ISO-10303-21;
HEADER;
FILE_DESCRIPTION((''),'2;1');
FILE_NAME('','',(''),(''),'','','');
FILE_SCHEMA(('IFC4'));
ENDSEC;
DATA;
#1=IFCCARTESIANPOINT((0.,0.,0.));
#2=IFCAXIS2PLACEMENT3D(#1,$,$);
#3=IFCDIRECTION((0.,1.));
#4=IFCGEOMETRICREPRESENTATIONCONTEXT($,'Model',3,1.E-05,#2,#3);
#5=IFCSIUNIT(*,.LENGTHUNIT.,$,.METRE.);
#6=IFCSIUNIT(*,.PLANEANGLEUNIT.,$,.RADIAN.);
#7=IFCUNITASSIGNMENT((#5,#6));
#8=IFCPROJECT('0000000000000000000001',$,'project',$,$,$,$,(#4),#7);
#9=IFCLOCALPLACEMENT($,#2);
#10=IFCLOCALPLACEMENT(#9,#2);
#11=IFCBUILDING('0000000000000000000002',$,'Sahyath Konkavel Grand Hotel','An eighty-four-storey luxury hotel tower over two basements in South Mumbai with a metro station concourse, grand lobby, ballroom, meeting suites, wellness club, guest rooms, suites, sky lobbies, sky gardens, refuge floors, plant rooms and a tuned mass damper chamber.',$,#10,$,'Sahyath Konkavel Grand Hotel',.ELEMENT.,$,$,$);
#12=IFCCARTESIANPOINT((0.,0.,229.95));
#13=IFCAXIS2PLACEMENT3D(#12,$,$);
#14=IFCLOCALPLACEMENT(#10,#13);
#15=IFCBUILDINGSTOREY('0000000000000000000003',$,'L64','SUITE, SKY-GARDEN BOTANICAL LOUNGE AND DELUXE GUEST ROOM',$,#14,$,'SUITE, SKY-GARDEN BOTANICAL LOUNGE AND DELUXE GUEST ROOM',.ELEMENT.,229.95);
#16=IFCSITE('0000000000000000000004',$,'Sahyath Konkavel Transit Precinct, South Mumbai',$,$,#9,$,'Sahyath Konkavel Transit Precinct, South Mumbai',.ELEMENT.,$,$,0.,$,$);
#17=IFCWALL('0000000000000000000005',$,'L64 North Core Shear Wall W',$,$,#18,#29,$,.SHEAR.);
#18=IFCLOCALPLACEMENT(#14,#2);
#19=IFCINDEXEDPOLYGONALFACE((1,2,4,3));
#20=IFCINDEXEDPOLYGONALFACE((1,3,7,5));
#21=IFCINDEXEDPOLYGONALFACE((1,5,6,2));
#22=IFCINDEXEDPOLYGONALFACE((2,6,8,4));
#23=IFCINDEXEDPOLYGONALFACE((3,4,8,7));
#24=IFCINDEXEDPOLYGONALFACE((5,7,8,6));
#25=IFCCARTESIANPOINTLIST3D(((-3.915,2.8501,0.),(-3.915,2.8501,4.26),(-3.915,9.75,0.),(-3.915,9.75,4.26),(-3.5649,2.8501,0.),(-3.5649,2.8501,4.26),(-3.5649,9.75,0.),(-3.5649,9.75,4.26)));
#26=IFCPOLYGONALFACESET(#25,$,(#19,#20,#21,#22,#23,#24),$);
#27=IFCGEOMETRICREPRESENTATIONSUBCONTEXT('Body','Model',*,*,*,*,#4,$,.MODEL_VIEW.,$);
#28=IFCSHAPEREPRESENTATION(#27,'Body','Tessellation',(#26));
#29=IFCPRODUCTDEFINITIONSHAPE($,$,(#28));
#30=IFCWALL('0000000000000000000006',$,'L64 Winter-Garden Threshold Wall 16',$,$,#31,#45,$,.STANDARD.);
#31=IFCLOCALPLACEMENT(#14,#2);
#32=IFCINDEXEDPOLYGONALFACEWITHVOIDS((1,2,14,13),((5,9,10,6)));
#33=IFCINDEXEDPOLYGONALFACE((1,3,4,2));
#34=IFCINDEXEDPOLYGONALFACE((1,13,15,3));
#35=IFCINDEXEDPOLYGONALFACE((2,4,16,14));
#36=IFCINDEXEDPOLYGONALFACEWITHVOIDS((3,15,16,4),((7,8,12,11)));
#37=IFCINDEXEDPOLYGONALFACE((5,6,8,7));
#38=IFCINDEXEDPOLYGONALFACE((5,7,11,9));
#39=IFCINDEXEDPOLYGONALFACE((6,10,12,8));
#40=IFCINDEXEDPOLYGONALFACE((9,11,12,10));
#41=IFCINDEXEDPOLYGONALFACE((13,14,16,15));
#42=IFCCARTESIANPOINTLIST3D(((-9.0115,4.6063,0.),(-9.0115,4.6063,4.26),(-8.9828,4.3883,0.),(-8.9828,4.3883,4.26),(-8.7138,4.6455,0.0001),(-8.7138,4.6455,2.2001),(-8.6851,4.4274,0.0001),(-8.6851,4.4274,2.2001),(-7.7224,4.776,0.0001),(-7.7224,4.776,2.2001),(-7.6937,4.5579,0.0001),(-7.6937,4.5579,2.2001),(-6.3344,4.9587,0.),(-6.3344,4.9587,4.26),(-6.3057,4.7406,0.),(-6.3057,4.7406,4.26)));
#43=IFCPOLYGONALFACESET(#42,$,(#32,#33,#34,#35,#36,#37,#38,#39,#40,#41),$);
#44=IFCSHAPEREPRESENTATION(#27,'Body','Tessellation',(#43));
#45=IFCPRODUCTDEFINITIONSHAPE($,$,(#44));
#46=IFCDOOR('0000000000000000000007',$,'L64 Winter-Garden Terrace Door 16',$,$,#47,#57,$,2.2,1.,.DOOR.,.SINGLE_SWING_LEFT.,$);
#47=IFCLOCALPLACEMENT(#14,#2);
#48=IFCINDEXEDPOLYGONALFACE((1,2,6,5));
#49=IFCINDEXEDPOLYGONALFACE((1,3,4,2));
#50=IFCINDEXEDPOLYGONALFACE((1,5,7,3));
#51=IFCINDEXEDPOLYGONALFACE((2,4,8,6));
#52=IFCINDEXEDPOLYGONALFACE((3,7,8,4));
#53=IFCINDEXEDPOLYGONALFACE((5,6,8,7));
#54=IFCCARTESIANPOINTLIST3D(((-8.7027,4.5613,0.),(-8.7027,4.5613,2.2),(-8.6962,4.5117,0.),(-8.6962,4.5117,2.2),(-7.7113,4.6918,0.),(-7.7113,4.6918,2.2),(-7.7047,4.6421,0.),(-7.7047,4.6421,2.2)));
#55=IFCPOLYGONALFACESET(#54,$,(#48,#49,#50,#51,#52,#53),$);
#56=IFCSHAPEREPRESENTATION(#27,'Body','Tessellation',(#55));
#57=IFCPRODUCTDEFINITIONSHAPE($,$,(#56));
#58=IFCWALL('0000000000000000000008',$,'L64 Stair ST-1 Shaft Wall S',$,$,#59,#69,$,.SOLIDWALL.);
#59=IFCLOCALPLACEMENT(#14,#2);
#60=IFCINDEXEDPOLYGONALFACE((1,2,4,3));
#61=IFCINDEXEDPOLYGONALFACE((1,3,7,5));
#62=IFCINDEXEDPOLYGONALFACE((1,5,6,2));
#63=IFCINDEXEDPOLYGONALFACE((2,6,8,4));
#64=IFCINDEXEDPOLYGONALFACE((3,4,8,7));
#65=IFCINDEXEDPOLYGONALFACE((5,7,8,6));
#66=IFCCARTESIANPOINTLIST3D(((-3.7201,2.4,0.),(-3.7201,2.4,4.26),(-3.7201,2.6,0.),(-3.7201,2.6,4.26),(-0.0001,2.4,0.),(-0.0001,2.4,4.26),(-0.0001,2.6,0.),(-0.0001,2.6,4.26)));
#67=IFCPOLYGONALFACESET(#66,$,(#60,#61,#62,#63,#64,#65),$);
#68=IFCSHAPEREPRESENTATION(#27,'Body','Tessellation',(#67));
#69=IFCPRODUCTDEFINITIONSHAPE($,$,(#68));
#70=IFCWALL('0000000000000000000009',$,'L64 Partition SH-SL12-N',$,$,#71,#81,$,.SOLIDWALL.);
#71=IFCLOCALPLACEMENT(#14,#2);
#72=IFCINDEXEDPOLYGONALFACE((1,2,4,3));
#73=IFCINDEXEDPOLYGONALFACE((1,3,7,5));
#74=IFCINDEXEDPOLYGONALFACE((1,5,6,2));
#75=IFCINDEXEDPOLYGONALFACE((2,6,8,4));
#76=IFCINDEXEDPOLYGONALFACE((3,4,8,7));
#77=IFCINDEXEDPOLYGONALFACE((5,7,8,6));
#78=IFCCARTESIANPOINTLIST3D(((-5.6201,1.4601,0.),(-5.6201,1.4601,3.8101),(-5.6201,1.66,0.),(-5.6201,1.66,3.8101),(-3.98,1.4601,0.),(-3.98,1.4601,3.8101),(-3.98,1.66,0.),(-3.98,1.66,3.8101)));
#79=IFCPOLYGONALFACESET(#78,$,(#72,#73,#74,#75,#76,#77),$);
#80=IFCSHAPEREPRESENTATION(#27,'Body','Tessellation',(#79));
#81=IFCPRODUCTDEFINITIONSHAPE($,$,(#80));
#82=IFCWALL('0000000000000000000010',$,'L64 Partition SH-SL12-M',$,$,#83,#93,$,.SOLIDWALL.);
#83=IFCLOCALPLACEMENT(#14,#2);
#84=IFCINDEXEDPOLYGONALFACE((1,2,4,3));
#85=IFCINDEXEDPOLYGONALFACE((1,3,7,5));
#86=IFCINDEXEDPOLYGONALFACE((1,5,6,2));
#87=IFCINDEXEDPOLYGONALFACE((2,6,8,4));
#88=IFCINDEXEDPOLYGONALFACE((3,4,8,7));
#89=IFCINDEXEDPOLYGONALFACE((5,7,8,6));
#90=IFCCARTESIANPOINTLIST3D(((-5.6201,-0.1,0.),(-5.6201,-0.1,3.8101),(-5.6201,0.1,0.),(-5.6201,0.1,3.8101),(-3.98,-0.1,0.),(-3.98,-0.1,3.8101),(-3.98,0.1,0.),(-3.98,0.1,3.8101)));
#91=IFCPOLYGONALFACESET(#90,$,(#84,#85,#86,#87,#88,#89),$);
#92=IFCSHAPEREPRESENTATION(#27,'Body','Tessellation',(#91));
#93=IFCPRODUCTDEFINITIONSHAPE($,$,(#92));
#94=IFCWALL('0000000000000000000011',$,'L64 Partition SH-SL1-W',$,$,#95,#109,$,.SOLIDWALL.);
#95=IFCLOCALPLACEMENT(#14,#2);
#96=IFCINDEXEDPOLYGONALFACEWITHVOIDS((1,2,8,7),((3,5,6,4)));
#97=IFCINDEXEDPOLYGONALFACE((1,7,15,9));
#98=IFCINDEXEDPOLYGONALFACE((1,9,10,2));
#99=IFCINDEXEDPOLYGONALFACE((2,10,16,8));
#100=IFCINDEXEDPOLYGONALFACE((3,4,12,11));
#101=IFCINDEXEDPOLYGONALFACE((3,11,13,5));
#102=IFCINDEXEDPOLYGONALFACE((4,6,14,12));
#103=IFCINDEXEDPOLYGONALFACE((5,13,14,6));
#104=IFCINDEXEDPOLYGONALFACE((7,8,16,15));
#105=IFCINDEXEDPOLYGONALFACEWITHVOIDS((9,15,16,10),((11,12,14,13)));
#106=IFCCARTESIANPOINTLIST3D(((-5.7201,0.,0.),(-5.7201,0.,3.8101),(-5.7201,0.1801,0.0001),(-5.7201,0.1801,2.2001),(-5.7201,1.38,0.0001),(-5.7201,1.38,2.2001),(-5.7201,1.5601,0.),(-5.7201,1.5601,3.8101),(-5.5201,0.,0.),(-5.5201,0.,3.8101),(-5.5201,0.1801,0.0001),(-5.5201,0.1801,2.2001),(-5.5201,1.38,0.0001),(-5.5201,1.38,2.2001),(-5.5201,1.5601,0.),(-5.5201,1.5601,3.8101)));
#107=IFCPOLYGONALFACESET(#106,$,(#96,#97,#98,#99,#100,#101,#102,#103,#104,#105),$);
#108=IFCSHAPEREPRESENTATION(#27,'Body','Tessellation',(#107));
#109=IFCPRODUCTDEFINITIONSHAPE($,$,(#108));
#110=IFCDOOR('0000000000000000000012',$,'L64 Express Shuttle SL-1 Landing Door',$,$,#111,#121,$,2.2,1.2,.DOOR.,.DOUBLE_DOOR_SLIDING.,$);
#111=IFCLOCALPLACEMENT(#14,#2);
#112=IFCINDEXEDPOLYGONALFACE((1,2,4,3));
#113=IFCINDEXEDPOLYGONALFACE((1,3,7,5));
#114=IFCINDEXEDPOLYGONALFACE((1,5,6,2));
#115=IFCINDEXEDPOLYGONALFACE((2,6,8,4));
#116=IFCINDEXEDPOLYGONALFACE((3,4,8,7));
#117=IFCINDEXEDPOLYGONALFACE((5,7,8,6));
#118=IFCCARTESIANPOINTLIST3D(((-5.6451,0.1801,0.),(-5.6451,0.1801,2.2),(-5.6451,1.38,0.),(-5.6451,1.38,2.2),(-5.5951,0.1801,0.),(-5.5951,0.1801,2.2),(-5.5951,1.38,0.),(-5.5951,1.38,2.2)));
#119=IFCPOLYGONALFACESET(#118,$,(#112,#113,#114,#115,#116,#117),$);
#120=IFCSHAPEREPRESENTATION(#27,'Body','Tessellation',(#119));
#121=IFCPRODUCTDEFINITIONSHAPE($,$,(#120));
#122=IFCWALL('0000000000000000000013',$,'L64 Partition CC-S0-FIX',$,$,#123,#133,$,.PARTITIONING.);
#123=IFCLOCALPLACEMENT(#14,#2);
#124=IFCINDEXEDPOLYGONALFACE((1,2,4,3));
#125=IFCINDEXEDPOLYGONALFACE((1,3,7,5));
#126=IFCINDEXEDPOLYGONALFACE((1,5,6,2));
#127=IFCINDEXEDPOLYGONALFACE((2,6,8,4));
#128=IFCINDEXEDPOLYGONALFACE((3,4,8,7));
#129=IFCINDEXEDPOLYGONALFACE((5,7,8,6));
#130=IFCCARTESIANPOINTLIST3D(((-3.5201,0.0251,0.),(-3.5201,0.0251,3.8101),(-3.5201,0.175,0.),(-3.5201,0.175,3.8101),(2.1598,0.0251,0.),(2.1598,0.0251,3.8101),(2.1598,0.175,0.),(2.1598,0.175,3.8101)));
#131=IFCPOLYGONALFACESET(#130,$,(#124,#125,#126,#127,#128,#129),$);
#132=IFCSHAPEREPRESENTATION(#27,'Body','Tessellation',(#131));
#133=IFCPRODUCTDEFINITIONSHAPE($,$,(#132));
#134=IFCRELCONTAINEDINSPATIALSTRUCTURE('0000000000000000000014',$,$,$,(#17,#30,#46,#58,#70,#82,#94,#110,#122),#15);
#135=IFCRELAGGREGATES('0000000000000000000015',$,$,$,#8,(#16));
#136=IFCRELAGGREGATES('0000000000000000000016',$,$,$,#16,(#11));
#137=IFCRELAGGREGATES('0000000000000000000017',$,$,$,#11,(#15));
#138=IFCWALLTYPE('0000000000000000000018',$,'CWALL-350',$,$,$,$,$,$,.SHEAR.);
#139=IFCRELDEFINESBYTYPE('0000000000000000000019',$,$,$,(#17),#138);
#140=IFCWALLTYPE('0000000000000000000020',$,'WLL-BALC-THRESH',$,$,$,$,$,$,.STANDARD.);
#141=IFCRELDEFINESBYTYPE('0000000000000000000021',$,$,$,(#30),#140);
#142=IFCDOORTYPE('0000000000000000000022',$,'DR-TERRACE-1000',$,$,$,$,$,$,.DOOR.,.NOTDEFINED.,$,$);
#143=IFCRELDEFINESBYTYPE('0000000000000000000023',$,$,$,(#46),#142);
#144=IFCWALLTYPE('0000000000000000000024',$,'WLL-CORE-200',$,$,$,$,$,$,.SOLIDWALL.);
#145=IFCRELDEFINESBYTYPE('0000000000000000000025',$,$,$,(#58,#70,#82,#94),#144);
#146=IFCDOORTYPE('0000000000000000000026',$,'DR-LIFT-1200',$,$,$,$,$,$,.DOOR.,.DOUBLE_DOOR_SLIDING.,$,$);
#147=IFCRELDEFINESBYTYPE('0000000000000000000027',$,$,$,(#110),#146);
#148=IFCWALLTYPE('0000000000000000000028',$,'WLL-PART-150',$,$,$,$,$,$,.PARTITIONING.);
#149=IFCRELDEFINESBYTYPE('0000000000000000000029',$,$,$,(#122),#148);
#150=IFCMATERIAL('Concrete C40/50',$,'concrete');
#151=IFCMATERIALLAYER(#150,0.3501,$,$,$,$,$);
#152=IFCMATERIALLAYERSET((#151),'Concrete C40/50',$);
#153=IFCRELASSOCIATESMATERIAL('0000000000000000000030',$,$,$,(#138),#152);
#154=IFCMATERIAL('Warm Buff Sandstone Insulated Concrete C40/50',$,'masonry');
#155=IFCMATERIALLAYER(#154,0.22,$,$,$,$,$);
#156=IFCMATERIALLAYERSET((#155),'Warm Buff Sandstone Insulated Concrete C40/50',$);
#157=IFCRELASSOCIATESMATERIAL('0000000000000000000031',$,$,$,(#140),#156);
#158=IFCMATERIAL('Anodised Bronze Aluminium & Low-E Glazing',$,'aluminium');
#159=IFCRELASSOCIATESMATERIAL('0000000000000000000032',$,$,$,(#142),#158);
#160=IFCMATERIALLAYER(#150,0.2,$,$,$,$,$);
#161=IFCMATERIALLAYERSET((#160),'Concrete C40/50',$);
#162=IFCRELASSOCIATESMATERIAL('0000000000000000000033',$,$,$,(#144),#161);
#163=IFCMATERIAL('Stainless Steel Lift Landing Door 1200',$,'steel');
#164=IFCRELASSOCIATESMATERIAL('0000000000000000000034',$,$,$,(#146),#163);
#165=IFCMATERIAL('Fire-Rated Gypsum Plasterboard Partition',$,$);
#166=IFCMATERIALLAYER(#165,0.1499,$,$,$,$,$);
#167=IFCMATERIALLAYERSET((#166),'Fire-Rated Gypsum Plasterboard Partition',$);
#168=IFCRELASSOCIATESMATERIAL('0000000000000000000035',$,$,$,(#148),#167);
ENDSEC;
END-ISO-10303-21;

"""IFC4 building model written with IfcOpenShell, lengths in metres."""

from ifc_helpers import new_model, si_unit, direction, frame, frame_2d, origin, origin_2d, place, context, subcontext, project, spatial, rectangle, extrude, source, transform, mapped, material, layer, layer_set, type_object, element, fill, save


model = new_model("IFC4")

# Units and contexts
model_context = context("Model", 3, precision=1e-05, world=origin(), true_north=direction((0.0, 1.0)))
body_context = subcontext(model_context, "Body", "Model", "MODEL_VIEW")
ifc_project = project(units=[si_unit("LENGTHUNIT", "METRE"), si_unit("PLANEANGLEUNIT", "RADIAN")], contexts=[model_context])

# Site, building, storey
site_placement = place(None, origin())
site = spatial("IfcSite", under=ifc_project, at=site_placement, Name="Sahyath Konkavel Transit Precinct, South Mumbai", LongName="Sahyath Konkavel Transit Precinct, South Mumbai", CompositionType="ELEMENT", RefElevation=0.0)
building_placement = place(site_placement, origin())
building = spatial("IfcBuilding", under=site, at=building_placement, Name="Sahyath Konkavel Grand Hotel", Description="An eighty-four-storey luxury hotel tower over two basements in South Mumbai with a metro station concourse, grand lobby, ballroom, meeting suites, wellness club, guest rooms, suites, sky lobbies, sky gardens, refuge floors, plant rooms and a tuned mass damper chamber.", LongName="Sahyath Konkavel Grand Hotel", CompositionType="ELEMENT")
storey_placement = place(building_placement, frame((0.0, 0.0, 229.95)))
storey = spatial("IfcBuildingStorey", under=building, at=storey_placement, Name="L64", Description="SUITE, SKY-GARDEN BOTANICAL LOUNGE AND DELUXE GUEST ROOM", LongName="SUITE, SKY-GARDEN BOTANICAL LOUNGE AND DELUXE GUEST ROOM", CompositionType="ELEMENT", Elevation=229.95)

# Shared definitions
ifc_material_1 = material(Name="Concrete C40/50", Category="concrete")

# Wall
ifc_layer_1 = layer(ifc_material_1, 0.3501)
ifc_layer_set_1 = layer_set([ifc_layer_1], Name="Concrete C40/50")
wall_type_1 = type_object("IfcWallType", Name="CWALL-350", PredefinedType="SHEAR", material=ifc_layer_set_1)
wall_1_placement = place(storey_placement, frame((-3.74, 2.8501, 0.0), z_axis=(0.0, 0.0, 1.0), x_axis=(0.0, 1.0, 0.0)))
element("IfcWall", 1, at=wall_1_placement, inside=storey, type_object=wall_type_1, Name="L64 North Core Shear Wall W", PredefinedType="SHEAR", context=body_context, shape_type="SweptSolid", body=[
    extrude(rectangle(XDim=6.8999, YDim=0.3501, at=frame_2d((3.45, 0.0))), origin(), (0.0, 0.0, 1.0), 4.26),
])

# Wall, opening, door
ifc_material_2 = material(Name="Warm Buff Sandstone Insulated Concrete C40/50", Category="masonry")
ifc_layer_2 = layer(ifc_material_2, 0.22)
ifc_layer_set_2 = layer_set([ifc_layer_2], Name="Warm Buff Sandstone Insulated Concrete C40/50")
wall_type_2 = type_object("IfcWallType", Name="WLL-BALC-THRESH", PredefinedType="STANDARD", material=ifc_layer_set_2)
wall_2_placement = place(storey_placement, frame((-6.3201, 4.8496, 0.0), z_axis=(0.0, 0.0, 1.0), x_axis=(-0.991452, -0.130476, 0.0)))
wall_2 = element("IfcWall", 2, at=wall_2_placement, inside=storey, type_object=wall_type_2, Name="L64 Winter-Garden Threshold Wall 16", PredefinedType="STANDARD", context=body_context, shape_type="SweptSolid", body=[
    extrude(rectangle(XDim=2.7002, YDim=0.22, at=frame_2d((1.3501, 0.0))), origin(), (0.0, 0.0, 1.0), 4.26),
])
opening_1_placement = place(wall_2_placement, frame((1.3999, 0.0, 0.0)))
opening_1 = element("IfcOpeningElement", 3, at=opening_1_placement, cuts=wall_2, PredefinedType="OPENING", context=body_context, shape_type="SweptSolid", body=[
    extrude(rectangle(XDim=1.0, YDim=2.2, at=frame_2d((0.5, 1.1001))), frame((0.0, 0.1201, 0.0), z_axis=(0.0, -1.0, 0.0), x_axis=(1.0, 0.0, 0.0)), (0.0, 0.0, 1.0), 0.24),
])
ifc_material_3 = material(Name="Anodised Bronze Aluminium & Low-E Glazing", Category="aluminium")
door_type_1 = type_object("IfcDoorType", Name="DR-TERRACE-1000", OperationType="NOTDEFINED", PredefinedType="DOOR", material=ifc_material_3)
shared_shape_1 = source(origin(), body_context, "Body", "SweptSolid", [
    extrude(rectangle(XDim=1.0, YDim=0.05, at=origin_2d()), origin(), (0.0, 0.0, 1.0), 2.2),
])
door_1_placement = place(opening_1_placement, frame((0.5, 0.0, 0.0)))
door_1 = element("IfcDoor", 4, at=door_1_placement, inside=storey, type_object=door_type_1, Name="L64 Winter-Garden Terrace Door 16", OperationType="SINGLE_SWING_LEFT", OverallHeight=2.2, OverallWidth=1.0, PredefinedType="DOOR", context=body_context, shape_type="MappedRepresentation", body=[
    mapped(shared_shape_1, transform((0.0, 0.0, 0.0), scale=1.0)),
])
fill(opening_1, door_1)

# Walls
ifc_layer_3 = layer(ifc_material_1, 0.2)
ifc_layer_set_3 = layer_set([ifc_layer_3], Name="Concrete C40/50")
wall_type_3 = type_object("IfcWallType", Name="WLL-CORE-200", PredefinedType="SOLIDWALL", material=ifc_layer_set_3)
wall_3_placement = place(storey_placement, frame((-3.72, 2.5, 0.0), z_axis=(0.0, 0.0, 1.0), x_axis=(1.0, 0.0, 0.0)))
element("IfcWall", 5, at=wall_3_placement, inside=storey, type_object=wall_type_3, Name="L64 Stair ST-1 Shaft Wall S", PredefinedType="SOLIDWALL", context=body_context, shape_type="SweptSolid", body=[
    extrude(rectangle(XDim=3.72, YDim=0.2, at=frame_2d((1.8599, 0.0))), origin(), (0.0, 0.0, 1.0), 4.26),
])
for number, where, z_axis, x_axis, name in (
    (6, (-5.6201, 1.5601, 0.0), (0.0, 0.0, 1.0), (1.0, 0.0, 0.0), "L64 Partition SH-SL12-N"),
    (7, (-5.6201, 0.0, 0.0), (0.0, 0.0, 1.0), (1.0, 0.0, 0.0), "L64 Partition SH-SL12-M"),
):
    element("IfcWall", number, at=place(storey_placement, frame(where, z_axis=z_axis, x_axis=x_axis)), inside=storey, type_object=wall_type_3, Name=name, PredefinedType="SOLIDWALL", context=body_context, shape_type="SweptSolid", body=[
        extrude(rectangle(XDim=1.6401, YDim=0.2, at=frame_2d((0.8201, 0.0))), origin(), (0.0, 0.0, 1.0), 3.8101),
    ])

# Wall, opening, door
wall_4_placement = place(storey_placement, frame((-5.6201, 0.0, 0.0), z_axis=(0.0, 0.0, 1.0), x_axis=(0.0, 1.0, 0.0)))
wall_4 = element("IfcWall", 8, at=wall_4_placement, inside=storey, type_object=wall_type_3, Name="L64 Partition SH-SL1-W", PredefinedType="SOLIDWALL", context=body_context, shape_type="SweptSolid", body=[
    extrude(rectangle(XDim=1.5601, YDim=0.2, at=frame_2d((0.78, 0.0))), origin(), (0.0, 0.0, 1.0), 3.8101),
])
opening_2_placement = place(wall_4_placement, frame((0.1799, 0.0, 0.0)))
opening_2 = element("IfcOpeningElement", 9, at=opening_2_placement, cuts=wall_4, PredefinedType="OPENING", context=body_context, shape_type="SweptSolid", body=[
    extrude(rectangle(XDim=1.2, YDim=2.2, at=frame_2d((0.6001, 1.1001))), frame((0.0, 0.1099, 0.0), z_axis=(0.0, -1.0, 0.0), x_axis=(1.0, 0.0, 0.0)), (0.0, 0.0, 1.0), 0.22),
])
ifc_material_4 = material(Name="Stainless Steel Lift Landing Door 1200", Category="steel")
door_type_2 = type_object("IfcDoorType", Name="DR-LIFT-1200", OperationType="DOUBLE_DOOR_SLIDING", PredefinedType="DOOR", material=ifc_material_4)
shared_shape_2 = source(origin(), body_context, "Body", "SweptSolid", [
    extrude(rectangle(XDim=1.2, YDim=0.05, at=origin_2d()), origin(), (0.0, 0.0, 1.0), 2.2),
])
door_2_placement = place(opening_2_placement, frame((0.6001, 0.0, 0.0)))
door_2 = element("IfcDoor", 10, at=door_2_placement, inside=storey, type_object=door_type_2, Name="L64 Express Shuttle SL-1 Landing Door", OperationType="DOUBLE_DOOR_SLIDING", OverallHeight=2.2, OverallWidth=1.2, PredefinedType="DOOR", context=body_context, shape_type="MappedRepresentation", body=[
    mapped(shared_shape_2, transform((0.0, 0.0, 0.0), scale=1.0)),
])
fill(opening_2, door_2)

# Wall
ifc_material_5 = material(Name="Fire-Rated Gypsum Plasterboard Partition")
ifc_layer_4 = layer(ifc_material_5, 0.1499)
ifc_layer_set_4 = layer_set([ifc_layer_4], Name="Fire-Rated Gypsum Plasterboard Partition")
wall_type_4 = type_object("IfcWallType", Name="WLL-PART-150", PredefinedType="PARTITIONING", material=ifc_layer_set_4)
wall_5_placement = place(storey_placement, frame((-3.52, 0.1001, 0.0), z_axis=(0.0, 0.0, 1.0), x_axis=(1.0, 0.0, 0.0)))
element("IfcWall", 11, at=wall_5_placement, inside=storey, type_object=wall_type_4, Name="L64 Partition CC-S0-FIX", PredefinedType="PARTITIONING", context=body_context, shape_type="SweptSolid", body=[
    extrude(rectangle(XDim=5.6799, YDim=0.1499, at=frame_2d((2.8398, 0.0))), origin(), (0.0, 0.0, 1.0), 3.8101),
])

save(model, "model.ifc")
